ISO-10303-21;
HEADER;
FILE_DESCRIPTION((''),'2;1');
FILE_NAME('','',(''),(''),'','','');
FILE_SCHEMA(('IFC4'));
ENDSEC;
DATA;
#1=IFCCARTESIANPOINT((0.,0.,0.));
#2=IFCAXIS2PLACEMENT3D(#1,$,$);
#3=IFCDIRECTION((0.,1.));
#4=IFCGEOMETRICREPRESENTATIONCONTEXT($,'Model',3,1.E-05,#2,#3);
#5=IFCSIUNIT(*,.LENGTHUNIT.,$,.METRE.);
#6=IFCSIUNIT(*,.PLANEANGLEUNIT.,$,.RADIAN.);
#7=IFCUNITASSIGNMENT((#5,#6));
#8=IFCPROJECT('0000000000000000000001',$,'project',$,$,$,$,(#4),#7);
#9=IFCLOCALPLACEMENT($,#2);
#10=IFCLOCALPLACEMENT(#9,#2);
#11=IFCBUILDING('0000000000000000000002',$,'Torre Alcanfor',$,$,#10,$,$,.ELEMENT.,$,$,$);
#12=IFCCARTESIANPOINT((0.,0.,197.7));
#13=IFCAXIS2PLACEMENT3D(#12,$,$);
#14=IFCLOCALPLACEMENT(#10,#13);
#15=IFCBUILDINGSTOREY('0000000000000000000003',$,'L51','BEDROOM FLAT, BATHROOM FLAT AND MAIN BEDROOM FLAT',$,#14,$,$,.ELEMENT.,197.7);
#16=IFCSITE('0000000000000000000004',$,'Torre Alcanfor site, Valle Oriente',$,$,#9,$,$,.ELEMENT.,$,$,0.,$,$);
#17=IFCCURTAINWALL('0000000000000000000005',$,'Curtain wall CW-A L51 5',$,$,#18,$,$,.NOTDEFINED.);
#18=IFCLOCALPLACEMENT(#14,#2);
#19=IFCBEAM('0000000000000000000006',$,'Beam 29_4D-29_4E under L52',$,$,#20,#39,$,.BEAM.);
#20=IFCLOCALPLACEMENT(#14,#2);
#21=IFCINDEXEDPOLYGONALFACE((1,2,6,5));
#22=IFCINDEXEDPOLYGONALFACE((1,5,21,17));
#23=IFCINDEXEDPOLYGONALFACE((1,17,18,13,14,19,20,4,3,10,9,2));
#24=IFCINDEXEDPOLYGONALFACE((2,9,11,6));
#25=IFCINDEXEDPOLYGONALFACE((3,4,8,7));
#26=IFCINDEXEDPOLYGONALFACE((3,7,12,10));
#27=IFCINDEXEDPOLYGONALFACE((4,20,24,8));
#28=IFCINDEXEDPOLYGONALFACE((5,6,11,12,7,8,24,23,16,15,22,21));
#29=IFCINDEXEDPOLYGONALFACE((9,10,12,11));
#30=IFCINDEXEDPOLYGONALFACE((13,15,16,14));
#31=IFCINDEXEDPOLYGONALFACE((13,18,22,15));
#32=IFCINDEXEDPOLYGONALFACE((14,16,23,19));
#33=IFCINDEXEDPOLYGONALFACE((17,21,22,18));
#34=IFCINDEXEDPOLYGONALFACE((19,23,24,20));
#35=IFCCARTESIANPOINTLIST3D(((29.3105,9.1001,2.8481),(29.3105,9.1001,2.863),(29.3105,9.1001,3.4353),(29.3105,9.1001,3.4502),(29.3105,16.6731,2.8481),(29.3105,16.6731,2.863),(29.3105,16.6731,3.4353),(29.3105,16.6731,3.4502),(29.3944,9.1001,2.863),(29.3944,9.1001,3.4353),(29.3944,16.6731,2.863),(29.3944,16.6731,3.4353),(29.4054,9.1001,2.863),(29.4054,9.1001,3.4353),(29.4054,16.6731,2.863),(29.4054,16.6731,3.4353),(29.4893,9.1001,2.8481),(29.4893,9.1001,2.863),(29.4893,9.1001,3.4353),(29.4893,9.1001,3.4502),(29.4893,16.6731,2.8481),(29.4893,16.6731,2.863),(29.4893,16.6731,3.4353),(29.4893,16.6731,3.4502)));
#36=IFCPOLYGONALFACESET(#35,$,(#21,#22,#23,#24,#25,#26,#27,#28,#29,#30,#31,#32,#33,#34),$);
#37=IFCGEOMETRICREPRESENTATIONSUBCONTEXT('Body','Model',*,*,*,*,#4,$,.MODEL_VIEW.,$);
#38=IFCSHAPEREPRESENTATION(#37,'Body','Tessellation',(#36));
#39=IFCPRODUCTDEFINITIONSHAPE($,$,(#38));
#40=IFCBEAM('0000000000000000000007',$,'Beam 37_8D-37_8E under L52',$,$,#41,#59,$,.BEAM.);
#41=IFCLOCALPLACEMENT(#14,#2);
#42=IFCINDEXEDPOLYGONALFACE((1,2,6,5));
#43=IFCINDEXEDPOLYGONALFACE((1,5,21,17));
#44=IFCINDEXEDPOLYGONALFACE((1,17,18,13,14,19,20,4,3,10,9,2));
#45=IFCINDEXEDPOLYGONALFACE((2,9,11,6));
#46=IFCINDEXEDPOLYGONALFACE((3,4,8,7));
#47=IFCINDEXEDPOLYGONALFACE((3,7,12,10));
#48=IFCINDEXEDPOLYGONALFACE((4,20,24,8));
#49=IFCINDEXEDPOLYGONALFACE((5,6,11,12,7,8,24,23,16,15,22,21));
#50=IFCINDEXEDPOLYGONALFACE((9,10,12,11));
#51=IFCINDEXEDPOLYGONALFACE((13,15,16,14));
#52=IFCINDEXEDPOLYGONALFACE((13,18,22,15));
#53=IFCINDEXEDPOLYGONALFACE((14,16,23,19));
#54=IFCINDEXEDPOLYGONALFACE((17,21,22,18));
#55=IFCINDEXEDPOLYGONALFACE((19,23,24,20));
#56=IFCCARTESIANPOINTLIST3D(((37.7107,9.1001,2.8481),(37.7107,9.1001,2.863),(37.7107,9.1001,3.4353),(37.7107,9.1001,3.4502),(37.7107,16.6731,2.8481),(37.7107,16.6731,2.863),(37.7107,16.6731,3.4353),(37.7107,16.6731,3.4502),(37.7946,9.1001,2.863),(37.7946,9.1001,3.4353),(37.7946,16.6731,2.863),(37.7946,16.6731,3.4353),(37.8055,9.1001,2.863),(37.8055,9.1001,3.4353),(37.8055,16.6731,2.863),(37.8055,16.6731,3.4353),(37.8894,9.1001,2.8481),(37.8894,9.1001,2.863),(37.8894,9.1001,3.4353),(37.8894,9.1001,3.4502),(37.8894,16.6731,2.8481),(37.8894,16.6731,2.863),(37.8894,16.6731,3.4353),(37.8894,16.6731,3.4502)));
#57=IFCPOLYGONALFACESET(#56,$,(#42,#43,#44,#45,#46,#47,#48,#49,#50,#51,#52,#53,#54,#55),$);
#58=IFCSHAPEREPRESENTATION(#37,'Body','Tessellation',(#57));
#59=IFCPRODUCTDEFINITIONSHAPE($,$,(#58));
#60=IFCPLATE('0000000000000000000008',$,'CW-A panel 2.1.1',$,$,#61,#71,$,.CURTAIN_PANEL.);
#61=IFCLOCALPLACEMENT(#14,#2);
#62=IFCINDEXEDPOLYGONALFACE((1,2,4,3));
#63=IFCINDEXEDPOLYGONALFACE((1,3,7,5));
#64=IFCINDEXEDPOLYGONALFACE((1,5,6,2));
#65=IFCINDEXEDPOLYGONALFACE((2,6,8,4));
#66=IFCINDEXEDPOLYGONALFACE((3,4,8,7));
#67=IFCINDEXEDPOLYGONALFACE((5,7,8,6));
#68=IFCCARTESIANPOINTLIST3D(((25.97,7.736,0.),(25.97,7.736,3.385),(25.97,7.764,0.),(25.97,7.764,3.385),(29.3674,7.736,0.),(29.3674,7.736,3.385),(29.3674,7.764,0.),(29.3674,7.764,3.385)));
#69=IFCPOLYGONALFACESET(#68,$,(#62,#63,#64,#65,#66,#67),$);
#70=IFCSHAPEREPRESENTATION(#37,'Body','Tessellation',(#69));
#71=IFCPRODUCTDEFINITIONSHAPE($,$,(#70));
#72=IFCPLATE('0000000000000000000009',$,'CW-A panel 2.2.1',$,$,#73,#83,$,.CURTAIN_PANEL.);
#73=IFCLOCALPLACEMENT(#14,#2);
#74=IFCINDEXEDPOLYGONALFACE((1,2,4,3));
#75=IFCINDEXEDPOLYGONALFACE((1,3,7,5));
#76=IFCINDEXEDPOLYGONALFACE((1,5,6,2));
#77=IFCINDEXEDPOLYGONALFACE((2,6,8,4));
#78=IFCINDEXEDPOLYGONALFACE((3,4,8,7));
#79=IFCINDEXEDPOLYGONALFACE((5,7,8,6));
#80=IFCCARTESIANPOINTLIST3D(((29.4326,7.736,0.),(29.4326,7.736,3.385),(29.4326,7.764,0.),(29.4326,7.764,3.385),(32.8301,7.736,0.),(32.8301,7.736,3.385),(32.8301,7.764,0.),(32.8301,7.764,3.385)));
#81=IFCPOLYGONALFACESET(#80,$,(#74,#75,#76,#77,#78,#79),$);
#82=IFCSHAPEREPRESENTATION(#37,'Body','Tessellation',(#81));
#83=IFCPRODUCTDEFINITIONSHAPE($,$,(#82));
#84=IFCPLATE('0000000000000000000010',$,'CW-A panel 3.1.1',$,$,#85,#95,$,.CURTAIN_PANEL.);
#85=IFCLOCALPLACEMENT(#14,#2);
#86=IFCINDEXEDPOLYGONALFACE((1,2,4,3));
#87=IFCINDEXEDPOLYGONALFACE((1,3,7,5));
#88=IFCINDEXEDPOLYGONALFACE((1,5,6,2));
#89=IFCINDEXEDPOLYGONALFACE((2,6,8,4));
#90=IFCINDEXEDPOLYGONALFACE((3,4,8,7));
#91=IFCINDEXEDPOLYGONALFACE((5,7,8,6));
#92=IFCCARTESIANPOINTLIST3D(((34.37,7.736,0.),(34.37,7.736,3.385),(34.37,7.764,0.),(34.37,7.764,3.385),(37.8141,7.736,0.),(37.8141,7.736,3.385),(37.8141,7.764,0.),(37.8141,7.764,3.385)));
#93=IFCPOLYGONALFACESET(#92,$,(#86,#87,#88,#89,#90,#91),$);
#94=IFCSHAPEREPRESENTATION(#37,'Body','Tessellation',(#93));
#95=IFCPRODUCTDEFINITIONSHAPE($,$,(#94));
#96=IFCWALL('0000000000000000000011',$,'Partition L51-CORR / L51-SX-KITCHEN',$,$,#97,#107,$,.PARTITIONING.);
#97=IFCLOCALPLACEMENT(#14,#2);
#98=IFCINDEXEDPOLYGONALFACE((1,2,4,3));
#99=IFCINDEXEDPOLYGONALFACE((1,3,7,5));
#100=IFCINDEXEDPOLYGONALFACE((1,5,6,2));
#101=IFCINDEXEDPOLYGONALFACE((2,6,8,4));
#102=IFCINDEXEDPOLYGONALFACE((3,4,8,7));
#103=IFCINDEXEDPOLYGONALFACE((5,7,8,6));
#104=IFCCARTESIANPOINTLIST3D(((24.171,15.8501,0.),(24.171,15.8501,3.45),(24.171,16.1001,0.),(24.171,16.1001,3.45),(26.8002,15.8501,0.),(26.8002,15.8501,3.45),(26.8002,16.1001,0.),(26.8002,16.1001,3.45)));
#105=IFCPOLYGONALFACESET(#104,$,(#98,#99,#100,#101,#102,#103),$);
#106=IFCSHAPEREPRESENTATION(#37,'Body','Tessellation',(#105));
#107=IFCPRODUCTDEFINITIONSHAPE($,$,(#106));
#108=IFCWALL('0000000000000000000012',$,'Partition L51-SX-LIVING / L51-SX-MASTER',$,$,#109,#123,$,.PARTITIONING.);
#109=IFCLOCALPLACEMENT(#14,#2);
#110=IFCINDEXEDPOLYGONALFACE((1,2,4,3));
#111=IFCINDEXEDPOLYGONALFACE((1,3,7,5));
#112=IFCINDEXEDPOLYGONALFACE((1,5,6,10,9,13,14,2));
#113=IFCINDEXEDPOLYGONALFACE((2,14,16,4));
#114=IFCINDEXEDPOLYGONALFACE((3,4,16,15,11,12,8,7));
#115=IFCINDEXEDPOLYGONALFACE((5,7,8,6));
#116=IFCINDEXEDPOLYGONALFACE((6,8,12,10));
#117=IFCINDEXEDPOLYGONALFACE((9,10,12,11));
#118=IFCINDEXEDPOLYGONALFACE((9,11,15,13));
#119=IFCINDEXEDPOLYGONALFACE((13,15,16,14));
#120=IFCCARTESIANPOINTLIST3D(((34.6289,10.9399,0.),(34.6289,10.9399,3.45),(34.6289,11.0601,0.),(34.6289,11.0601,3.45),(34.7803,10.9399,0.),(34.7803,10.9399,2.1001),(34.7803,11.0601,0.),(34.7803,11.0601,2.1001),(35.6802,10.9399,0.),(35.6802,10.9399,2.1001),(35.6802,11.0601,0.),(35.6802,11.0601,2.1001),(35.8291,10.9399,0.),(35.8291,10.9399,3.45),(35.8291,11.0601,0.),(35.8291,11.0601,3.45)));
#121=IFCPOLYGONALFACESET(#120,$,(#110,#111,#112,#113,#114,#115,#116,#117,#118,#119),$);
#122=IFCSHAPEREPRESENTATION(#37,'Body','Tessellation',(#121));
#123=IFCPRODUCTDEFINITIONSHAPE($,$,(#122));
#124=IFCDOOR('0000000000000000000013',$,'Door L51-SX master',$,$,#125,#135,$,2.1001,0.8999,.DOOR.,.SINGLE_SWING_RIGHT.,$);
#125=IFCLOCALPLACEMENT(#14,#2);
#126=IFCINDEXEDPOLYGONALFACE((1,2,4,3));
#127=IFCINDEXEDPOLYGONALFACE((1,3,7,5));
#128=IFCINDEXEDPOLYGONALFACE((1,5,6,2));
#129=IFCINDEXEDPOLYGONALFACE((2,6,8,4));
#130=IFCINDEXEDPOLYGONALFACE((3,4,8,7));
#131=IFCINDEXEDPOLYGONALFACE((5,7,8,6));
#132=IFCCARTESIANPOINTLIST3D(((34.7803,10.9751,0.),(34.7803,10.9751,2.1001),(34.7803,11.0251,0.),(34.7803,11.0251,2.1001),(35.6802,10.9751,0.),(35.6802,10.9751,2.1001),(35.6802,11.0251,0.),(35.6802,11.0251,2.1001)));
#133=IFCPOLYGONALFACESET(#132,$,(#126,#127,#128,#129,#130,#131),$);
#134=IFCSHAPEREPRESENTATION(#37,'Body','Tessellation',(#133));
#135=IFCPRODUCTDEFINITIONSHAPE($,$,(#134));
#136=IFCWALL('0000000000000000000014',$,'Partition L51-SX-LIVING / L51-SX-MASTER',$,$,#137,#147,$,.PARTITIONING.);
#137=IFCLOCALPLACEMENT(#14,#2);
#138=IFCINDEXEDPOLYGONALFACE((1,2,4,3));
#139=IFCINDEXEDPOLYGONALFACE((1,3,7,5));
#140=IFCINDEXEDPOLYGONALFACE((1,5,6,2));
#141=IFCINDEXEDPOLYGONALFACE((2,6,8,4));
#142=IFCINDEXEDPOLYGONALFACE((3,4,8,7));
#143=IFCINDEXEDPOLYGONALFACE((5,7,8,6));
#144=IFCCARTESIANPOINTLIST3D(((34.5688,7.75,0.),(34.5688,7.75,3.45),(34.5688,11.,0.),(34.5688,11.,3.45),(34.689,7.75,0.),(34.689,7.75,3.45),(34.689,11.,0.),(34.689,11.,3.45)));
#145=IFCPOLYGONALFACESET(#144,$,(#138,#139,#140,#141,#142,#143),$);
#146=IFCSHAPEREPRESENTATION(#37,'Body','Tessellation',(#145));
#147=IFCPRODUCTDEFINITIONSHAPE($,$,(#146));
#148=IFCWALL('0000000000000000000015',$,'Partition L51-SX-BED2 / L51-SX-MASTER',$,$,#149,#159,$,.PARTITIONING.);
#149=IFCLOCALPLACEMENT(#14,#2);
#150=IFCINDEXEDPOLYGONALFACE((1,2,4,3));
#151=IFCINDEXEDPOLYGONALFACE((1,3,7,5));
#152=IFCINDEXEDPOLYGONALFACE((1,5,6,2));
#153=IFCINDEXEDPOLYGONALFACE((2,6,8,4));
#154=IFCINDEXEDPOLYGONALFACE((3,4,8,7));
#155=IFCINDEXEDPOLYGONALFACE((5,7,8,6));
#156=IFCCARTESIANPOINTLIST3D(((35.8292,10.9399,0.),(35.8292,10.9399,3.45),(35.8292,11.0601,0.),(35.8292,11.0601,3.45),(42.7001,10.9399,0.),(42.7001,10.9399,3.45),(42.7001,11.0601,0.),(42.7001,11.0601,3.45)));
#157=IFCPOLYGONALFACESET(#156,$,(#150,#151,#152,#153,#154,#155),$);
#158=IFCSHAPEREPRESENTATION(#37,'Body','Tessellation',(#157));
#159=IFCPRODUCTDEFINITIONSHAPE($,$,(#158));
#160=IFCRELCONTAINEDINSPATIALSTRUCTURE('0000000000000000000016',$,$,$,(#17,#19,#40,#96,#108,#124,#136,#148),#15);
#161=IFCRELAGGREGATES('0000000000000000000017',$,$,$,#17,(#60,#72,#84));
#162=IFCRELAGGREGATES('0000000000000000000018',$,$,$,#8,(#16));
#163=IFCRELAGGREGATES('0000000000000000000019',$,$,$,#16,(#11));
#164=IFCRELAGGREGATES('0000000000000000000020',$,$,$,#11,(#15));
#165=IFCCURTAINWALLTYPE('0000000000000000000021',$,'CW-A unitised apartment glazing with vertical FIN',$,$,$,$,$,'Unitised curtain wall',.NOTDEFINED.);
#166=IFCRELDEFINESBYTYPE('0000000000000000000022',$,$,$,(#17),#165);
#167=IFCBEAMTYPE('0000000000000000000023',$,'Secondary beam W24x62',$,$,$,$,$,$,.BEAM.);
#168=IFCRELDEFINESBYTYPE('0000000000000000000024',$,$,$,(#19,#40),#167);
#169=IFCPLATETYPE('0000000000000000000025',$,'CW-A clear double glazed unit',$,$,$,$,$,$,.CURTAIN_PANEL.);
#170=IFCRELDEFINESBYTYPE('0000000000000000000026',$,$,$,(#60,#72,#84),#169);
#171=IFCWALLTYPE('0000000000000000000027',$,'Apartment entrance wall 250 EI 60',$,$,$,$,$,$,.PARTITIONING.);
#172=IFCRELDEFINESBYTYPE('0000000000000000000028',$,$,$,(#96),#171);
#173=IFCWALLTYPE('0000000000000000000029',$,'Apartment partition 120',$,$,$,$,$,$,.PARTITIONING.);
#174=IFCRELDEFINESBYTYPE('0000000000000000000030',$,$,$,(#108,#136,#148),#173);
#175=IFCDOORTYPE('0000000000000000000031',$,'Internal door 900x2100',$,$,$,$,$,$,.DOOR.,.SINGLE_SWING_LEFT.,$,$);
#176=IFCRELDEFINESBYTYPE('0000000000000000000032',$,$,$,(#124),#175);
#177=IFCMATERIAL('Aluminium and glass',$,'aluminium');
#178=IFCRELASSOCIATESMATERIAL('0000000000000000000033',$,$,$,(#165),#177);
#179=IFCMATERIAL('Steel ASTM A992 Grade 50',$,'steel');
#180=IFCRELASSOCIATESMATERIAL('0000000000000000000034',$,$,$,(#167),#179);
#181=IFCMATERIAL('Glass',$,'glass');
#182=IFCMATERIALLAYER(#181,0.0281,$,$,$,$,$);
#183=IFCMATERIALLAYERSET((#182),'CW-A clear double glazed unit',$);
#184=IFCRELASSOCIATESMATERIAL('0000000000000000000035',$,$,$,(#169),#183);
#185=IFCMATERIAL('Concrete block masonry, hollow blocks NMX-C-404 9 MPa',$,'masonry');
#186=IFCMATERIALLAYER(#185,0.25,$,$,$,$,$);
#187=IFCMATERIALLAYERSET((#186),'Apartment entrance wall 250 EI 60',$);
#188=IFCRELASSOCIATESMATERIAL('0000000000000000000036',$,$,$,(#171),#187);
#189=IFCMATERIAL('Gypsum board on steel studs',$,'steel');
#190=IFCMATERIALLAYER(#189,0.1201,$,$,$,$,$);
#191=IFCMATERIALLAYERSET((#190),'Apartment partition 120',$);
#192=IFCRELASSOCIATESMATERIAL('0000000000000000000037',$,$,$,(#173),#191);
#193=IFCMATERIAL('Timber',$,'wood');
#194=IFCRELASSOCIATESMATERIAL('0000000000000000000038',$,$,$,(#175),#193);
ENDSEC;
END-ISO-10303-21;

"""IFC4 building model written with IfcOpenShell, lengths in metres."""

from ifc_helpers import new_model, si_unit, direction, frame, frame_2d, origin, origin_2d, place, context, subcontext, project, spatial, rectangle, i_section, extrude, material, layer, layer_set, material_profile, profile_set, type_object, element, fill, aggregate, save


model = new_model("IFC4")

# Units and contexts
model_context = context("Model", 3, precision=1e-05, world=origin(), true_north=direction((0.0, 1.0)))
body_context = subcontext(model_context, "Body", "Model", "MODEL_VIEW")
ifc_project = project(units=[si_unit("LENGTHUNIT", "METRE"), si_unit("PLANEANGLEUNIT", "RADIAN")], contexts=[model_context])

# Site, building, storey
site_placement = place(None, origin())
site = spatial("IfcSite", under=ifc_project, at=site_placement, Name="Torre Alcanfor site, Valle Oriente", CompositionType="ELEMENT", RefElevation=0.0)
building_placement = place(site_placement, origin())
building = spatial("IfcBuilding", under=site, at=building_placement, Name="Torre Alcanfor", CompositionType="ELEMENT")
storey_placement = place(building_placement, frame((0.0, 0.0, 197.7)))
storey = spatial("IfcBuildingStorey", under=building, at=storey_placement, Name="L51", Description="BEDROOM FLAT, BATHROOM FLAT AND MAIN BEDROOM FLAT", CompositionType="ELEMENT", Elevation=197.7)

# Curtain wall
ifc_material_1 = material(Name="Aluminium and glass", Category="aluminium")
curtain_wall_type = type_object("IfcCurtainWallType", Name="CW-A unitised apartment glazing with vertical FIN", ElementType="Unitised curtain wall", PredefinedType="NOTDEFINED", material=ifc_material_1)
curtain_wall_placement = place(storey_placement, origin())
curtain_wall = element("IfcCurtainWall", 1, at=curtain_wall_placement, inside=storey, type_object=curtain_wall_type, Name="Curtain wall CW-A L51 5", PredefinedType="NOTDEFINED")

# Beams
ifc_material_2 = material(Name="Steel ASTM A992 Grade 50", Category="steel")
ifc_material_profile_1 = material_profile(ifc_material_2, i_section(OverallWidth=0.1787, OverallDepth=0.6021, WebThickness=0.011, FlangeThickness=0.0149, at=origin_2d()), Name="W24x62")
ifc_profile_set_1 = profile_set([ifc_material_profile_1], Name="Steel ASTM A992 Grade 50")
beam_type_1 = type_object("IfcBeamType", Name="Secondary beam W24x62", PredefinedType="BEAM", material=ifc_profile_set_1)
for number, where, z_axis, x_axis, name in (
    (2, (29.3999, 9.1001, 3.1492), (0.0, 1.0, 0.0), (-1.0, 0.0, 0.0), "Beam 29_4D-29_4E under L52"),
    (3, (37.8, 9.1001, 3.1492), (0.0, 1.0, 0.0), (-1.0, 0.0, 0.0), "Beam 37_8D-37_8E under L52"),
):
    element("IfcBeam", number, at=place(storey_placement, frame(where, z_axis=z_axis, x_axis=x_axis)), inside=storey, type_object=beam_type_1, Name=name, PredefinedType="BEAM", context=body_context, shape_type="SweptSolid", body=[
        extrude(i_section(OverallWidth=0.1787, OverallDepth=0.6021, WebThickness=0.011, FlangeThickness=0.0149, at=origin_2d()), origin(), (0.0, 0.0, 1.0), 7.573),
    ])

# Plates
ifc_material_3 = material(Name="Glass", Category="glass")
ifc_layer_1 = layer(ifc_material_3, 0.0281)
ifc_layer_set_1 = layer_set([ifc_layer_1], Name="CW-A clear double glazed unit")
plate_type = type_object("IfcPlateType", Name="CW-A clear double glazed unit", PredefinedType="CURTAIN_PANEL", material=ifc_layer_set_1)
plate_1_placement = place(storey_placement, frame((27.6687, 7.75, 0.0), z_axis=(0.0, 0.0, 1.0), x_axis=(1.0, 0.0, 0.0)))
plate_1 = element("IfcPlate", 4, at=plate_1_placement, type_object=plate_type, Name="CW-A panel 2.1.1", PredefinedType="CURTAIN_PANEL", context=body_context, shape_type="SweptSolid", body=[
    extrude(rectangle(XDim=3.3975, YDim=0.0281, at=origin_2d()), origin(), (0.0, 0.0, 1.0), 3.385),
])
plate_2_placement = place(storey_placement, frame((31.1313, 7.75, 0.0), z_axis=(0.0, 0.0, 1.0), x_axis=(1.0, 0.0, 0.0)))
plate_2 = element("IfcPlate", 5, at=plate_2_placement, type_object=plate_type, Name="CW-A panel 2.2.1", PredefinedType="CURTAIN_PANEL", context=body_context, shape_type="SweptSolid", body=[
    extrude(rectangle(XDim=3.3975, YDim=0.0281, at=origin_2d()), origin(), (0.0, 0.0, 1.0), 3.385),
])
plate_3_placement = place(storey_placement, frame((36.092, 7.75, 0.0), z_axis=(0.0, 0.0, 1.0), x_axis=(1.0, 0.0, 0.0)))
plate_3 = element("IfcPlate", 6, at=plate_3_placement, type_object=plate_type, Name="CW-A panel 3.1.1", PredefinedType="CURTAIN_PANEL", context=body_context, shape_type="SweptSolid", body=[
    extrude(rectangle(XDim=3.4441, YDim=0.0281, at=origin_2d()), origin(), (0.0, 0.0, 1.0), 3.385),
])
aggregate(curtain_wall, [plate_1, plate_2, plate_3])

# Wall
ifc_material_4 = material(Name="Concrete block masonry, hollow blocks NMX-C-404 9 MPa", Category="masonry")
ifc_layer_2 = layer(ifc_material_4, 0.25)
ifc_layer_set_2 = layer_set([ifc_layer_2], Name="Apartment entrance wall 250 EI 60")
wall_type_1 = type_object("IfcWallType", Name="Apartment entrance wall 250 EI 60", PredefinedType="PARTITIONING", material=ifc_layer_set_2)
wall_1_placement = place(storey_placement, frame((26.8, 15.9751, 0.0), z_axis=(0.0, 0.0, 1.0), x_axis=(-1.0, 0.0, 0.0)))
element("IfcWall", 7, at=wall_1_placement, inside=storey, type_object=wall_type_1, Name="Partition L51-CORR / L51-SX-KITCHEN", PredefinedType="PARTITIONING", context=body_context, shape_type="SweptSolid", body=[
    extrude(rectangle(XDim=2.6292, YDim=0.25, at=frame_2d((1.3145, 0.0))), origin(), (0.0, 0.0, 1.0), 3.45),
])

# Wall, opening, door
ifc_material_5 = material(Name="Gypsum board on steel studs", Category="steel")
ifc_layer_3 = layer(ifc_material_5, 0.1201)
ifc_layer_set_3 = layer_set([ifc_layer_3], Name="Apartment partition 120")
wall_type_2 = type_object("IfcWallType", Name="Apartment partition 120", PredefinedType="PARTITIONING", material=ifc_layer_set_3)
wall_2_placement = place(storey_placement, frame((35.8291, 11.0, 0.0), z_axis=(0.0, 0.0, 1.0), x_axis=(-1.0, 0.0, 0.0)))
wall_2 = element("IfcWall", 8, at=wall_2_placement, inside=storey, type_object=wall_type_2, Name="Partition L51-SX-LIVING / L51-SX-MASTER", PredefinedType="PARTITIONING", context=body_context, shape_type="SweptSolid", body=[
    extrude(rectangle(XDim=1.2002, YDim=0.1201, at=frame_2d((0.6001, 0.0))), origin(), (0.0, 0.0, 1.0), 3.45),
])
opening_1_placement = place(wall_2_placement, frame((0.1489, 0.0, 0.0)))
opening_1 = element("IfcOpeningElement", 9, at=opening_1_placement, cuts=wall_2, PredefinedType="OPENING", context=body_context, shape_type="SweptSolid", body=[
    extrude(rectangle(XDim=0.8999, YDim=2.1001, at=frame_2d((0.45, 1.05))), frame((0.0, 0.0701, 0.0), z_axis=(0.0, -1.0, 0.0), x_axis=(1.0, 0.0, 0.0)), (0.0, 0.0, 1.0), 0.1401),
])
ifc_material_6 = material(Name="Timber", Category="wood")
door_type_1 = type_object("IfcDoorType", Name="Internal door 900x2100", OperationType="SINGLE_SWING_LEFT", PredefinedType="DOOR", material=ifc_material_6)
door_1_placement = place(opening_1_placement, origin())
door_1 = element("IfcDoor", 10, at=door_1_placement, inside=storey, type_object=door_type_1, Name="Door L51-SX master", OperationType="SINGLE_SWING_RIGHT", OverallHeight=2.1001, OverallWidth=0.8999, PredefinedType="DOOR", context=body_context, shape_type="SweptSolid", body=[
    extrude(rectangle(XDim=0.8999, YDim=2.1001, at=frame_2d((0.45, 1.05))), frame((0.0, 0.0249, 0.0), z_axis=(0.0, -1.0, 0.0), x_axis=(1.0, 0.0, 0.0)), (0.0, 0.0, 1.0), 0.05),
])
fill(opening_1, door_1)

# Walls
wall_3_placement = place(storey_placement, frame((34.6289, 11.0, 0.0), z_axis=(0.0, 0.0, 1.0), x_axis=(0.0, -1.0, 0.0)))
element("IfcWall", 11, at=wall_3_placement, inside=storey, type_object=wall_type_2, Name="Partition L51-SX-LIVING / L51-SX-MASTER", PredefinedType="PARTITIONING", context=body_context, shape_type="SweptSolid", body=[
    extrude(rectangle(XDim=3.25, YDim=0.1201, at=frame_2d((1.625, 0.0))), origin(), (0.0, 0.0, 1.0), 3.45),
])
wall_4_placement = place(storey_placement, frame((35.8291, 11.0, 0.0), z_axis=(0.0, 0.0, 1.0), x_axis=(1.0, 0.0, 0.0)))
element("IfcWall", 12, at=wall_4_placement, inside=storey, type_object=wall_type_2, Name="Partition L51-SX-BED2 / L51-SX-MASTER", PredefinedType="PARTITIONING", context=body_context, shape_type="SweptSolid", body=[
    extrude(rectangle(XDim=6.8708, YDim=0.1201, at=frame_2d((3.4355, 0.0))), origin(), (0.0, 0.0, 1.0), 3.45),
])

save(model, "model.ifc")
